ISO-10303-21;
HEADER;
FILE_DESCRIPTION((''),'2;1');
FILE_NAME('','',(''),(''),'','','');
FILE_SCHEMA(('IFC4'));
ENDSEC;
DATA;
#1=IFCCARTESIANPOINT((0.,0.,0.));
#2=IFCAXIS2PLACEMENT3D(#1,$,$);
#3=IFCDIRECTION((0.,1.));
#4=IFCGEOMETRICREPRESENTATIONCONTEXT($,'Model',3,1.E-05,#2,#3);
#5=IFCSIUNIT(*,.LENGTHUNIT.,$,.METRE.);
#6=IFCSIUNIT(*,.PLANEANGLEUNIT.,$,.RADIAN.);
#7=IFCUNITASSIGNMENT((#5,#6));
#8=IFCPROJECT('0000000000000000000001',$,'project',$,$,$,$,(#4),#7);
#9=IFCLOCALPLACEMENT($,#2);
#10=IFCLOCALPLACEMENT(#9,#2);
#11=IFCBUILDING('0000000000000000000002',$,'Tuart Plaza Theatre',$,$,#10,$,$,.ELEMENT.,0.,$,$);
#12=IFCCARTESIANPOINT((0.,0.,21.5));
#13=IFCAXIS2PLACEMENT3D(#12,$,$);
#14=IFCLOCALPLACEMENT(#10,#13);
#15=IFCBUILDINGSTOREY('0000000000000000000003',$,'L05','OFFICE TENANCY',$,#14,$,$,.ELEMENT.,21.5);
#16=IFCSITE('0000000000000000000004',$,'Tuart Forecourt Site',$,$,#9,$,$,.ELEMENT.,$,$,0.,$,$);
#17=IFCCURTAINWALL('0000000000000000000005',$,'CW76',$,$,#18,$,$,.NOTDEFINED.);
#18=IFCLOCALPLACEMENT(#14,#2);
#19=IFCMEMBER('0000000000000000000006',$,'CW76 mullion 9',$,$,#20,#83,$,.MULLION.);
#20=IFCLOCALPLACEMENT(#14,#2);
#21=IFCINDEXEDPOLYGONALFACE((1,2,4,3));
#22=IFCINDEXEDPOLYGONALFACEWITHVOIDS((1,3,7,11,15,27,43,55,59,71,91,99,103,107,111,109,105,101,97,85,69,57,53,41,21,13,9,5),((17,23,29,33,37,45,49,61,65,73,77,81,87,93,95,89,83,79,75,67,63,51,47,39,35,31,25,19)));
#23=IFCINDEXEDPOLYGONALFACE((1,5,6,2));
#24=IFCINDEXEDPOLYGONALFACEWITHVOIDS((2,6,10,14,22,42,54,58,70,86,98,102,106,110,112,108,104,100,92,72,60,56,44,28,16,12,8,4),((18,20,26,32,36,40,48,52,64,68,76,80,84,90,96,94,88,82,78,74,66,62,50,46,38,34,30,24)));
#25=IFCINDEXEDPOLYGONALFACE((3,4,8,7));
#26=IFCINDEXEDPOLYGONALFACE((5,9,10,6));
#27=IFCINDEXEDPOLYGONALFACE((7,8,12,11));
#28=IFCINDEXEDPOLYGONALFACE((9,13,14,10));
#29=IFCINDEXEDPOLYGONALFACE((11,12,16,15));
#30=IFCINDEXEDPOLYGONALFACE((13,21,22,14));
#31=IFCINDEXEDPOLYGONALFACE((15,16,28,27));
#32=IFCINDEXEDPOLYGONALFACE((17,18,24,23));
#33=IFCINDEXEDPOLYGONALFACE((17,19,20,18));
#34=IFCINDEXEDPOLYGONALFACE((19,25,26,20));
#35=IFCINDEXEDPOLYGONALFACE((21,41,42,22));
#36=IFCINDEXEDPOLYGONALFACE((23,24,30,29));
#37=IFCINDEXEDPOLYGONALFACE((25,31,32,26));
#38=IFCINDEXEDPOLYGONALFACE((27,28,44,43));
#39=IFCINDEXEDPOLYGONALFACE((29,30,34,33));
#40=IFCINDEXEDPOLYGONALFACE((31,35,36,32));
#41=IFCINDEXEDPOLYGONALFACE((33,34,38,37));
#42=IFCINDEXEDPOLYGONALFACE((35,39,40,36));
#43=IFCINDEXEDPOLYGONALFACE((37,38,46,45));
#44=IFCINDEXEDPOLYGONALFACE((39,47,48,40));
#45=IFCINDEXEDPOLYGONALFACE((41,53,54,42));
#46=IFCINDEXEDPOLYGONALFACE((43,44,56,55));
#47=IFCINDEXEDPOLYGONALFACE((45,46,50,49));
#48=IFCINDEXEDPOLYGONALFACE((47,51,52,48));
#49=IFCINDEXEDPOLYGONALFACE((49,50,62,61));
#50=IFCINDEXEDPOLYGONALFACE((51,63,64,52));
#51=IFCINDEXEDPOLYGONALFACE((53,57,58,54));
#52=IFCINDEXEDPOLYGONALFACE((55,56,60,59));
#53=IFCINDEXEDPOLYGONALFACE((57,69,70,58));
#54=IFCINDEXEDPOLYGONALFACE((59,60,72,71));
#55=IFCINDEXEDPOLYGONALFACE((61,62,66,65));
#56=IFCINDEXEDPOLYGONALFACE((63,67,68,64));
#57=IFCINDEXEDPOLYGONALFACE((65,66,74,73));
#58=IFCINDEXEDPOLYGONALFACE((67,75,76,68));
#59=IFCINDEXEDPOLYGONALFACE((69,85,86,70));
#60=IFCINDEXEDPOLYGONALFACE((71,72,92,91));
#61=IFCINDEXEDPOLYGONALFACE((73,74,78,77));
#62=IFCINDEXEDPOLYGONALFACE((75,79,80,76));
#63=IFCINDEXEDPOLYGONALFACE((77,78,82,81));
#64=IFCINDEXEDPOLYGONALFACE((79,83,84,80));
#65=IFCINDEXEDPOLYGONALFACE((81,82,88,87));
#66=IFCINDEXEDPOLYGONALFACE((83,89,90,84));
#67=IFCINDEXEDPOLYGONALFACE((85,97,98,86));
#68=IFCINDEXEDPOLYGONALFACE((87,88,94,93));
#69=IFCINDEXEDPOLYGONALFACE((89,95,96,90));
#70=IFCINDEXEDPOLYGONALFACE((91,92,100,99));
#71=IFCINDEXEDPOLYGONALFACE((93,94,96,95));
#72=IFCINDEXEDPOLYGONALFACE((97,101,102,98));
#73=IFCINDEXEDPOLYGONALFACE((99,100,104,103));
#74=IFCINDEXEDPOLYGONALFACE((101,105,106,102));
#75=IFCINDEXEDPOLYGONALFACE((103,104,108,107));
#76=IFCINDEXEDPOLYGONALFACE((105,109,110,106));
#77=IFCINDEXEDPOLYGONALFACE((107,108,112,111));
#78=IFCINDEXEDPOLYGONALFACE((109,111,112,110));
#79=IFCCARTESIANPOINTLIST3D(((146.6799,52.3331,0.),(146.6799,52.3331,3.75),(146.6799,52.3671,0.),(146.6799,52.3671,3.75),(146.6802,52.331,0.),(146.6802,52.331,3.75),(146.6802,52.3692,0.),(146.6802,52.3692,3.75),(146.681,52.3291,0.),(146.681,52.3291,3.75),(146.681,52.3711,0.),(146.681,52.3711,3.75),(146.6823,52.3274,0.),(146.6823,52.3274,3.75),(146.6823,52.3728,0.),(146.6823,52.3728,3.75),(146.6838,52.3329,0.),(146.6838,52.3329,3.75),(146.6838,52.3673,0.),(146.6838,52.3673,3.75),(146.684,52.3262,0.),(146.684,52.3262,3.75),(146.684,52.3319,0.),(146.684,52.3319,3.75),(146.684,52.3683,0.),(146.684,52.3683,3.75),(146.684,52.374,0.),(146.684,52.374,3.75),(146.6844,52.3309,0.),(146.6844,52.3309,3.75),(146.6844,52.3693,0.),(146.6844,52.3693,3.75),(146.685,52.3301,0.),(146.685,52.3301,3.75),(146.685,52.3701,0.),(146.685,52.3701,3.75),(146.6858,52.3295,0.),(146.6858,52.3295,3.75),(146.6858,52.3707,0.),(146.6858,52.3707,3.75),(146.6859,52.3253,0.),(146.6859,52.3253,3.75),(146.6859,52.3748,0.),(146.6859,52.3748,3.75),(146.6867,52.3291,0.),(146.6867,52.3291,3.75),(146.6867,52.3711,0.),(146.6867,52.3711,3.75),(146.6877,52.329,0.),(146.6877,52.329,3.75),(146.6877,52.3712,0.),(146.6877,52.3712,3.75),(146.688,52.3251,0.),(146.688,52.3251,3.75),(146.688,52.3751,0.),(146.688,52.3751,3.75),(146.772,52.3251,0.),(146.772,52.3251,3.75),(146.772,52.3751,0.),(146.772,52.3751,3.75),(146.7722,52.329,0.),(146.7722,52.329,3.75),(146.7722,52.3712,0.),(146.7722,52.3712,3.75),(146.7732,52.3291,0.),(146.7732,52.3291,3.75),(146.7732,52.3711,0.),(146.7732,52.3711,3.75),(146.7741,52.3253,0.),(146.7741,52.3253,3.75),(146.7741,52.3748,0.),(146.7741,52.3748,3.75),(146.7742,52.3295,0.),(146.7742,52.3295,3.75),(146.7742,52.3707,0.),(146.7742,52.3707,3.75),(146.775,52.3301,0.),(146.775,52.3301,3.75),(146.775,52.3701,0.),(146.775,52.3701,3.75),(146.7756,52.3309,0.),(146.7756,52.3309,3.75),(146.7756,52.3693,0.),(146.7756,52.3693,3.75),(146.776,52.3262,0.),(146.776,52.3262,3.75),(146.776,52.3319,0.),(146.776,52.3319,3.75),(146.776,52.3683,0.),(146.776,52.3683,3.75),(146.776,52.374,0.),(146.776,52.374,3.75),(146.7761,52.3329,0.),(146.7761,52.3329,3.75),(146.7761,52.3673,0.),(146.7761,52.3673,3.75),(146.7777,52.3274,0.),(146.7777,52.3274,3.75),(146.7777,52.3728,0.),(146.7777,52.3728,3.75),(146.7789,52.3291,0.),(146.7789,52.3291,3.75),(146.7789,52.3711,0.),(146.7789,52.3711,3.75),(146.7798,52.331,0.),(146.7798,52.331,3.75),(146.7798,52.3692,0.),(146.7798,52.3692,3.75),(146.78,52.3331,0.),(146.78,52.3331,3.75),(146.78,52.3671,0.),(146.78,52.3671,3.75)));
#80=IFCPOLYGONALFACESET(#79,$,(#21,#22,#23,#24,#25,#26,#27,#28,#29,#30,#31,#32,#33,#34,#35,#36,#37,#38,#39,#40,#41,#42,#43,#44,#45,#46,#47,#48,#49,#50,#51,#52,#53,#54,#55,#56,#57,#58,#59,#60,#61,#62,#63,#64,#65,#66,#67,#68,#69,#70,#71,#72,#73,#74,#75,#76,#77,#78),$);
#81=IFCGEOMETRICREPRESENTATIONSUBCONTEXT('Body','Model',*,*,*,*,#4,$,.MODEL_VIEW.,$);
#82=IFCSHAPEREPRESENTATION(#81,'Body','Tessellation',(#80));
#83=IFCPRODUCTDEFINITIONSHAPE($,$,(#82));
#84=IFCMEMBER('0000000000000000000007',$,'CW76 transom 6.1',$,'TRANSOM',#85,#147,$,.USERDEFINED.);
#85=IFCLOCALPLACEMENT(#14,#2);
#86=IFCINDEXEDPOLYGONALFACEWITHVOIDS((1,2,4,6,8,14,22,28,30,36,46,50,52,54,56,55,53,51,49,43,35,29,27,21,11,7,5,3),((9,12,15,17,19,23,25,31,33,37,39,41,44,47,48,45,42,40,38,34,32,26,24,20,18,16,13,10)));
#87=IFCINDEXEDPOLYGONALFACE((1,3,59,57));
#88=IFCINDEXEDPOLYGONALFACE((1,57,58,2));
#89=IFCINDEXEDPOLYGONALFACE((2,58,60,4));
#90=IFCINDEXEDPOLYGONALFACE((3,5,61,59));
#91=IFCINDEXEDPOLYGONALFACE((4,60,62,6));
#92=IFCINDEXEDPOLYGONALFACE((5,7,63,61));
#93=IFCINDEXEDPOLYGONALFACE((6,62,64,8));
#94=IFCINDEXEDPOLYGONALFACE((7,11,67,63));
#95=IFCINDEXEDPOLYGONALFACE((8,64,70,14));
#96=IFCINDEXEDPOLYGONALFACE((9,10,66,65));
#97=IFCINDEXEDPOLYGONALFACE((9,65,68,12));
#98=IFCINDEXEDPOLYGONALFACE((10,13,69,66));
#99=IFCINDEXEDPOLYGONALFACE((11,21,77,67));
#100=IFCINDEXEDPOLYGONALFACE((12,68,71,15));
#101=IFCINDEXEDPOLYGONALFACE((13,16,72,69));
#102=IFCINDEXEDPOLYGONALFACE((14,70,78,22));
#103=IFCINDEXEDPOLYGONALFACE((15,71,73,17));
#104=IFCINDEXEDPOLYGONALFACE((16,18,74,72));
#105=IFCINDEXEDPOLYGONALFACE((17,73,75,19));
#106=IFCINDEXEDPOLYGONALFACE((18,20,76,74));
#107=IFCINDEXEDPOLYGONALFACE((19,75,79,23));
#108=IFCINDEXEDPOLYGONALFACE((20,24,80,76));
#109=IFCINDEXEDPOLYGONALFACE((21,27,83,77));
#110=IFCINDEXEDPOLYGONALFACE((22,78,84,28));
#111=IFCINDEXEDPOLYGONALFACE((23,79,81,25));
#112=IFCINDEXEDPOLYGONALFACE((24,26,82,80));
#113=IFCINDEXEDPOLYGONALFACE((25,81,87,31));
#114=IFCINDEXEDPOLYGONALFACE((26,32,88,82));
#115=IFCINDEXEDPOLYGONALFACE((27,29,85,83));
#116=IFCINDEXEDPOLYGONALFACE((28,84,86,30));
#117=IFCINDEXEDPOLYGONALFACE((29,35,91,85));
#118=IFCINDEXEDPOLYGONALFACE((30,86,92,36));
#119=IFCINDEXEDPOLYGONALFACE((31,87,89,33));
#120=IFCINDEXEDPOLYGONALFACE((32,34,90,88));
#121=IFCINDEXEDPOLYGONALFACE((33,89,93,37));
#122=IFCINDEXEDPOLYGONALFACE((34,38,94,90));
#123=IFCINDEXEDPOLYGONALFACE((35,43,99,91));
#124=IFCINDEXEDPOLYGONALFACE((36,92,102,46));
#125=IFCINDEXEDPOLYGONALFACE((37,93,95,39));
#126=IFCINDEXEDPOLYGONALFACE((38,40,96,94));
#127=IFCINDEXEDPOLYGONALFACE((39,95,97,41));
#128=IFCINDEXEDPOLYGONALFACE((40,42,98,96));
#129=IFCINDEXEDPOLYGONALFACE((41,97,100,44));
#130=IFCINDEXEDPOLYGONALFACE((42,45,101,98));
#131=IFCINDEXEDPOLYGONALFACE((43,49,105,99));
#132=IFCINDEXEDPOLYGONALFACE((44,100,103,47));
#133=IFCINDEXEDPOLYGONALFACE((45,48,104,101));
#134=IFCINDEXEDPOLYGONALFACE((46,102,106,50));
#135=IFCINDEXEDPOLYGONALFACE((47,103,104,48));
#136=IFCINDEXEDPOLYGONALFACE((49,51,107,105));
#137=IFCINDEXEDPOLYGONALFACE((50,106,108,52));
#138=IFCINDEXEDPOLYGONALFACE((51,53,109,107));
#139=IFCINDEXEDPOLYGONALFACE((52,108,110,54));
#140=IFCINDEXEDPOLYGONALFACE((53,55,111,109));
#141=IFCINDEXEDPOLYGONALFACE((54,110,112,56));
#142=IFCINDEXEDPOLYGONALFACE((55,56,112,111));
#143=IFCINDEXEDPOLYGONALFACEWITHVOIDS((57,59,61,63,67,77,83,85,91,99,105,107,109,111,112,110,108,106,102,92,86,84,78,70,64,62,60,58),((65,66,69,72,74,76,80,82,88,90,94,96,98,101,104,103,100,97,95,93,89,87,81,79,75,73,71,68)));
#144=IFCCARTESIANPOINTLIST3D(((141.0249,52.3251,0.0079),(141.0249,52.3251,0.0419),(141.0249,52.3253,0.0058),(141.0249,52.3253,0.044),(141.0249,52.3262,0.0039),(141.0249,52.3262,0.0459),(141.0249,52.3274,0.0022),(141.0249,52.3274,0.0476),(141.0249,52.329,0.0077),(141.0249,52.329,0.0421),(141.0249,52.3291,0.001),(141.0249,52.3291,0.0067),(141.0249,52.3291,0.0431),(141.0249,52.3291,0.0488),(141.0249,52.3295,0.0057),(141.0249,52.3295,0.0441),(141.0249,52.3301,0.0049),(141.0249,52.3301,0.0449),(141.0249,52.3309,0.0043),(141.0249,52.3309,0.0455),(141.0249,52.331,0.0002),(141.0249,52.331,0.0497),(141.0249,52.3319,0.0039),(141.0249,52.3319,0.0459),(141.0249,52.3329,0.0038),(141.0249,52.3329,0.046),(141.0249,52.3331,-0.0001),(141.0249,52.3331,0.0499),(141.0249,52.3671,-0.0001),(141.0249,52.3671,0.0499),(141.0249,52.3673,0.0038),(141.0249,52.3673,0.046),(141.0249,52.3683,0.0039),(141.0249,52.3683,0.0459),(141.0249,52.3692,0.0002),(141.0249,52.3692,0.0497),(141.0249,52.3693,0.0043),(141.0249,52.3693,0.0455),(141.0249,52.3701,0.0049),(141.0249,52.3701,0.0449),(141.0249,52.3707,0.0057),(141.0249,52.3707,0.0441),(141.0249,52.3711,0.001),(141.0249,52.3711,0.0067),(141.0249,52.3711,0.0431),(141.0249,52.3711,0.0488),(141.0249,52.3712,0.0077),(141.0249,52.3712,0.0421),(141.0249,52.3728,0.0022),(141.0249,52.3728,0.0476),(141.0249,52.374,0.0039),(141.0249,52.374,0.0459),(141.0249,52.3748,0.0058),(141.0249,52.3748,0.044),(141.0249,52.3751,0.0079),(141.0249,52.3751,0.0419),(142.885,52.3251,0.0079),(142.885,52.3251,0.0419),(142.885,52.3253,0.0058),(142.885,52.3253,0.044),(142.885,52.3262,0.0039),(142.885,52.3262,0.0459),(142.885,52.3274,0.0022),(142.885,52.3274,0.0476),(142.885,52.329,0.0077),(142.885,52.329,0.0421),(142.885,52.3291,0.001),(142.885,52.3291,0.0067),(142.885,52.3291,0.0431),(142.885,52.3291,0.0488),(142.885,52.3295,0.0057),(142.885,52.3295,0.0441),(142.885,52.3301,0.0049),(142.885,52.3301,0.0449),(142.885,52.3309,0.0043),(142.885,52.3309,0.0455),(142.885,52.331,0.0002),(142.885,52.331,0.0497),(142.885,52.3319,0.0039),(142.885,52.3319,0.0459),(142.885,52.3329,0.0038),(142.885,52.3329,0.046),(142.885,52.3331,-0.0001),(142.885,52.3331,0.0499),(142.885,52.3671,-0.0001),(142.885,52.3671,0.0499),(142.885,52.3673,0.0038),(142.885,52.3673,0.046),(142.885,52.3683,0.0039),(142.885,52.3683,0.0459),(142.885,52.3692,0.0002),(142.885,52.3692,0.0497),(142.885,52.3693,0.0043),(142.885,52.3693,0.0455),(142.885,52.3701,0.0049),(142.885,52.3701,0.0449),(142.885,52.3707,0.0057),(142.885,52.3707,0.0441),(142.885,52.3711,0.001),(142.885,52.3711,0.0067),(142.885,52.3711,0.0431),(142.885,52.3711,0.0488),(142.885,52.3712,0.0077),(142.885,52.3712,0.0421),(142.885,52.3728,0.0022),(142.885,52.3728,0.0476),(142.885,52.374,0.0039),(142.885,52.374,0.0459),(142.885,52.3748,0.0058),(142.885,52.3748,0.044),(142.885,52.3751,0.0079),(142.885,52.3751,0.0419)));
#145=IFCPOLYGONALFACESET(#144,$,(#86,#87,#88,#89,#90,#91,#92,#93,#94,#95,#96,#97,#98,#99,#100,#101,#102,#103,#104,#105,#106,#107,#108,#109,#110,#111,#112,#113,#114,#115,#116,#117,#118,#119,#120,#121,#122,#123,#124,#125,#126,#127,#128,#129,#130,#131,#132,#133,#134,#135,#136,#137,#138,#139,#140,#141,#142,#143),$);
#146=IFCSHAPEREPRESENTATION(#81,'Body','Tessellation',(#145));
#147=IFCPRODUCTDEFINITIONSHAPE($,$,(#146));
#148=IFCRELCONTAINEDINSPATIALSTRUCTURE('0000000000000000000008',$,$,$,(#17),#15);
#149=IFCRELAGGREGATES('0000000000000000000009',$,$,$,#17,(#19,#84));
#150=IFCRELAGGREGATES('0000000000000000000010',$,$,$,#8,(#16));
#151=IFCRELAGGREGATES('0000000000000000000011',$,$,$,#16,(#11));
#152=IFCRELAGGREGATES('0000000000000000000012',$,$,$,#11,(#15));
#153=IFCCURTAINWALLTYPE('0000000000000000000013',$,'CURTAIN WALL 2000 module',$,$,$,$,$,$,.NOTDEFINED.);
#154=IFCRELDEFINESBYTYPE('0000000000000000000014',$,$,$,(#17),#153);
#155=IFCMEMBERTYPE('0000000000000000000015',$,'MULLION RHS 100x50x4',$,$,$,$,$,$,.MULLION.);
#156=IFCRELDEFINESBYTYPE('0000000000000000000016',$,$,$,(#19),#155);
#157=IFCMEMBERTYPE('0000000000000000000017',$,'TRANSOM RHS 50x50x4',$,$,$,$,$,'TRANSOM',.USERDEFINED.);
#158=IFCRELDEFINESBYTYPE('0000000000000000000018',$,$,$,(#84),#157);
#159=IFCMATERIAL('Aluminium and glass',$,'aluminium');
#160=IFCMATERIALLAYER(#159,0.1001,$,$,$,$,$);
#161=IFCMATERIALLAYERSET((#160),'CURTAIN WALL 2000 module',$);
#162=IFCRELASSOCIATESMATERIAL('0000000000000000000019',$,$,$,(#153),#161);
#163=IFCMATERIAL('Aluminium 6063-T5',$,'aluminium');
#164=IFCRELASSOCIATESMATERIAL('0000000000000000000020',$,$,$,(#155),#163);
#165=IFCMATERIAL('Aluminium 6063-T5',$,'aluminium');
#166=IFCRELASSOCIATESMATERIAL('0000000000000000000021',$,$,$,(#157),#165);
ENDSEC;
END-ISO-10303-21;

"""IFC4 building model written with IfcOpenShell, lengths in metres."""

from ifc_helpers import new_model, si_unit, direction, frame, origin, origin_2d, place, context, subcontext, project, spatial, hollow_rectangle, extrude, material, layer, layer_set, material_profile, profile_set, type_object, element, aggregate, save


model = new_model("IFC4")

# Units and contexts
model_context = context("Model", 3, precision=1e-05, world=origin(), true_north=direction((0.0, 1.0)))
body_context = subcontext(model_context, "Body", "Model", "MODEL_VIEW")
ifc_project = project(units=[si_unit("LENGTHUNIT", "METRE"), si_unit("PLANEANGLEUNIT", "RADIAN")], contexts=[model_context])

# Site, building, storey
site_placement = place(None, origin())
site = spatial("IfcSite", under=ifc_project, at=site_placement, Name="Tuart Forecourt Site", CompositionType="ELEMENT", RefElevation=0.0)
building_placement = place(site_placement, origin())
building = spatial("IfcBuilding", under=site, at=building_placement, Name="Tuart Plaza Theatre", CompositionType="ELEMENT", ElevationOfRefHeight=0.0)
storey_placement = place(building_placement, frame((0.0, 0.0, 21.5)))
storey = spatial("IfcBuildingStorey", under=building, at=storey_placement, Name="L05", Description="OFFICE TENANCY", CompositionType="ELEMENT", Elevation=21.5)

# Curtain wall, members
ifc_material_1 = material(Name="Aluminium and glass", Category="aluminium")
ifc_layer_1 = layer(ifc_material_1, 0.1001)
ifc_layer_set_1 = layer_set([ifc_layer_1], Name="CURTAIN WALL 2000 module")
curtain_wall_type = type_object("IfcCurtainWallType", Name="CURTAIN WALL 2000 module", PredefinedType="NOTDEFINED", material=ifc_layer_set_1)
curtain_wall_placement = place(storey_placement, origin())
curtain_wall = element("IfcCurtainWall", 1, at=curtain_wall_placement, inside=storey, type_object=curtain_wall_type, Name="CW76", PredefinedType="NOTDEFINED")
ifc_material_2 = material(Name="Aluminium 6063-T5", Category="aluminium")
ifc_material_profile_1 = material_profile(ifc_material_2, hollow_rectangle(XDim=0.05, YDim=0.1001, WallThickness=0.0039, InnerFilletRadius=0.0039, OuterFilletRadius=0.0081, at=origin_2d()), Name="RHS 100x50x4")
ifc_profile_set_1 = profile_set([ifc_material_profile_1], Name="Aluminium 6063-T5")
member_type_1 = type_object("IfcMemberType", Name="MULLION RHS 100x50x4", PredefinedType="MULLION", material=ifc_profile_set_1)
member_1_placement = place(storey_placement, frame((146.73, 52.3501, 0.0), z_axis=(0.0, 0.0, 1.0), x_axis=(0.0, 1.0, 0.0)))
member_1 = element("IfcMember", 2, at=member_1_placement, type_object=member_type_1, Name="CW76 mullion 9", PredefinedType="MULLION", context=body_context, shape_type="SweptSolid", body=[
    extrude(hollow_rectangle(XDim=0.05, YDim=0.1001, WallThickness=0.0039, InnerFilletRadius=0.0039, OuterFilletRadius=0.0081, at=origin_2d()), origin(), (0.0, 0.0, 1.0), 3.75),
])
ifc_material_3 = material(Name="Aluminium 6063-T5", Category="aluminium")
ifc_material_profile_2 = material_profile(ifc_material_3, hollow_rectangle(XDim=0.05, YDim=0.05, WallThickness=0.0039, InnerFilletRadius=0.0039, OuterFilletRadius=0.0081, at=origin_2d()), Name="RHS 50x50x4")
ifc_profile_set_2 = profile_set([ifc_material_profile_2], Name="Aluminium 6063-T5")
member_type_2 = type_object("IfcMemberType", Name="TRANSOM RHS 50x50x4", ElementType="TRANSOM", PredefinedType="USERDEFINED", material=ifc_profile_set_2)
member_2_placement = place(storey_placement, frame((141.0249, 52.3501, 0.0249), z_axis=(1.0, 0.0, 0.0), x_axis=(0.0, 1.0, 0.0)))
member_2 = element("IfcMember", 3, at=member_2_placement, type_object=member_type_2, Name="CW76 transom 6.1", ObjectType="TRANSOM", PredefinedType="USERDEFINED", context=body_context, shape_type="SweptSolid", body=[
    extrude(hollow_rectangle(XDim=0.05, YDim=0.05, WallThickness=0.0039, InnerFilletRadius=0.0039, OuterFilletRadius=0.0081, at=origin_2d()), origin(), (0.0, 0.0, 1.0), 1.8601),
])
aggregate(curtain_wall, [member_1, member_2])

save(model, "model.ifc")
